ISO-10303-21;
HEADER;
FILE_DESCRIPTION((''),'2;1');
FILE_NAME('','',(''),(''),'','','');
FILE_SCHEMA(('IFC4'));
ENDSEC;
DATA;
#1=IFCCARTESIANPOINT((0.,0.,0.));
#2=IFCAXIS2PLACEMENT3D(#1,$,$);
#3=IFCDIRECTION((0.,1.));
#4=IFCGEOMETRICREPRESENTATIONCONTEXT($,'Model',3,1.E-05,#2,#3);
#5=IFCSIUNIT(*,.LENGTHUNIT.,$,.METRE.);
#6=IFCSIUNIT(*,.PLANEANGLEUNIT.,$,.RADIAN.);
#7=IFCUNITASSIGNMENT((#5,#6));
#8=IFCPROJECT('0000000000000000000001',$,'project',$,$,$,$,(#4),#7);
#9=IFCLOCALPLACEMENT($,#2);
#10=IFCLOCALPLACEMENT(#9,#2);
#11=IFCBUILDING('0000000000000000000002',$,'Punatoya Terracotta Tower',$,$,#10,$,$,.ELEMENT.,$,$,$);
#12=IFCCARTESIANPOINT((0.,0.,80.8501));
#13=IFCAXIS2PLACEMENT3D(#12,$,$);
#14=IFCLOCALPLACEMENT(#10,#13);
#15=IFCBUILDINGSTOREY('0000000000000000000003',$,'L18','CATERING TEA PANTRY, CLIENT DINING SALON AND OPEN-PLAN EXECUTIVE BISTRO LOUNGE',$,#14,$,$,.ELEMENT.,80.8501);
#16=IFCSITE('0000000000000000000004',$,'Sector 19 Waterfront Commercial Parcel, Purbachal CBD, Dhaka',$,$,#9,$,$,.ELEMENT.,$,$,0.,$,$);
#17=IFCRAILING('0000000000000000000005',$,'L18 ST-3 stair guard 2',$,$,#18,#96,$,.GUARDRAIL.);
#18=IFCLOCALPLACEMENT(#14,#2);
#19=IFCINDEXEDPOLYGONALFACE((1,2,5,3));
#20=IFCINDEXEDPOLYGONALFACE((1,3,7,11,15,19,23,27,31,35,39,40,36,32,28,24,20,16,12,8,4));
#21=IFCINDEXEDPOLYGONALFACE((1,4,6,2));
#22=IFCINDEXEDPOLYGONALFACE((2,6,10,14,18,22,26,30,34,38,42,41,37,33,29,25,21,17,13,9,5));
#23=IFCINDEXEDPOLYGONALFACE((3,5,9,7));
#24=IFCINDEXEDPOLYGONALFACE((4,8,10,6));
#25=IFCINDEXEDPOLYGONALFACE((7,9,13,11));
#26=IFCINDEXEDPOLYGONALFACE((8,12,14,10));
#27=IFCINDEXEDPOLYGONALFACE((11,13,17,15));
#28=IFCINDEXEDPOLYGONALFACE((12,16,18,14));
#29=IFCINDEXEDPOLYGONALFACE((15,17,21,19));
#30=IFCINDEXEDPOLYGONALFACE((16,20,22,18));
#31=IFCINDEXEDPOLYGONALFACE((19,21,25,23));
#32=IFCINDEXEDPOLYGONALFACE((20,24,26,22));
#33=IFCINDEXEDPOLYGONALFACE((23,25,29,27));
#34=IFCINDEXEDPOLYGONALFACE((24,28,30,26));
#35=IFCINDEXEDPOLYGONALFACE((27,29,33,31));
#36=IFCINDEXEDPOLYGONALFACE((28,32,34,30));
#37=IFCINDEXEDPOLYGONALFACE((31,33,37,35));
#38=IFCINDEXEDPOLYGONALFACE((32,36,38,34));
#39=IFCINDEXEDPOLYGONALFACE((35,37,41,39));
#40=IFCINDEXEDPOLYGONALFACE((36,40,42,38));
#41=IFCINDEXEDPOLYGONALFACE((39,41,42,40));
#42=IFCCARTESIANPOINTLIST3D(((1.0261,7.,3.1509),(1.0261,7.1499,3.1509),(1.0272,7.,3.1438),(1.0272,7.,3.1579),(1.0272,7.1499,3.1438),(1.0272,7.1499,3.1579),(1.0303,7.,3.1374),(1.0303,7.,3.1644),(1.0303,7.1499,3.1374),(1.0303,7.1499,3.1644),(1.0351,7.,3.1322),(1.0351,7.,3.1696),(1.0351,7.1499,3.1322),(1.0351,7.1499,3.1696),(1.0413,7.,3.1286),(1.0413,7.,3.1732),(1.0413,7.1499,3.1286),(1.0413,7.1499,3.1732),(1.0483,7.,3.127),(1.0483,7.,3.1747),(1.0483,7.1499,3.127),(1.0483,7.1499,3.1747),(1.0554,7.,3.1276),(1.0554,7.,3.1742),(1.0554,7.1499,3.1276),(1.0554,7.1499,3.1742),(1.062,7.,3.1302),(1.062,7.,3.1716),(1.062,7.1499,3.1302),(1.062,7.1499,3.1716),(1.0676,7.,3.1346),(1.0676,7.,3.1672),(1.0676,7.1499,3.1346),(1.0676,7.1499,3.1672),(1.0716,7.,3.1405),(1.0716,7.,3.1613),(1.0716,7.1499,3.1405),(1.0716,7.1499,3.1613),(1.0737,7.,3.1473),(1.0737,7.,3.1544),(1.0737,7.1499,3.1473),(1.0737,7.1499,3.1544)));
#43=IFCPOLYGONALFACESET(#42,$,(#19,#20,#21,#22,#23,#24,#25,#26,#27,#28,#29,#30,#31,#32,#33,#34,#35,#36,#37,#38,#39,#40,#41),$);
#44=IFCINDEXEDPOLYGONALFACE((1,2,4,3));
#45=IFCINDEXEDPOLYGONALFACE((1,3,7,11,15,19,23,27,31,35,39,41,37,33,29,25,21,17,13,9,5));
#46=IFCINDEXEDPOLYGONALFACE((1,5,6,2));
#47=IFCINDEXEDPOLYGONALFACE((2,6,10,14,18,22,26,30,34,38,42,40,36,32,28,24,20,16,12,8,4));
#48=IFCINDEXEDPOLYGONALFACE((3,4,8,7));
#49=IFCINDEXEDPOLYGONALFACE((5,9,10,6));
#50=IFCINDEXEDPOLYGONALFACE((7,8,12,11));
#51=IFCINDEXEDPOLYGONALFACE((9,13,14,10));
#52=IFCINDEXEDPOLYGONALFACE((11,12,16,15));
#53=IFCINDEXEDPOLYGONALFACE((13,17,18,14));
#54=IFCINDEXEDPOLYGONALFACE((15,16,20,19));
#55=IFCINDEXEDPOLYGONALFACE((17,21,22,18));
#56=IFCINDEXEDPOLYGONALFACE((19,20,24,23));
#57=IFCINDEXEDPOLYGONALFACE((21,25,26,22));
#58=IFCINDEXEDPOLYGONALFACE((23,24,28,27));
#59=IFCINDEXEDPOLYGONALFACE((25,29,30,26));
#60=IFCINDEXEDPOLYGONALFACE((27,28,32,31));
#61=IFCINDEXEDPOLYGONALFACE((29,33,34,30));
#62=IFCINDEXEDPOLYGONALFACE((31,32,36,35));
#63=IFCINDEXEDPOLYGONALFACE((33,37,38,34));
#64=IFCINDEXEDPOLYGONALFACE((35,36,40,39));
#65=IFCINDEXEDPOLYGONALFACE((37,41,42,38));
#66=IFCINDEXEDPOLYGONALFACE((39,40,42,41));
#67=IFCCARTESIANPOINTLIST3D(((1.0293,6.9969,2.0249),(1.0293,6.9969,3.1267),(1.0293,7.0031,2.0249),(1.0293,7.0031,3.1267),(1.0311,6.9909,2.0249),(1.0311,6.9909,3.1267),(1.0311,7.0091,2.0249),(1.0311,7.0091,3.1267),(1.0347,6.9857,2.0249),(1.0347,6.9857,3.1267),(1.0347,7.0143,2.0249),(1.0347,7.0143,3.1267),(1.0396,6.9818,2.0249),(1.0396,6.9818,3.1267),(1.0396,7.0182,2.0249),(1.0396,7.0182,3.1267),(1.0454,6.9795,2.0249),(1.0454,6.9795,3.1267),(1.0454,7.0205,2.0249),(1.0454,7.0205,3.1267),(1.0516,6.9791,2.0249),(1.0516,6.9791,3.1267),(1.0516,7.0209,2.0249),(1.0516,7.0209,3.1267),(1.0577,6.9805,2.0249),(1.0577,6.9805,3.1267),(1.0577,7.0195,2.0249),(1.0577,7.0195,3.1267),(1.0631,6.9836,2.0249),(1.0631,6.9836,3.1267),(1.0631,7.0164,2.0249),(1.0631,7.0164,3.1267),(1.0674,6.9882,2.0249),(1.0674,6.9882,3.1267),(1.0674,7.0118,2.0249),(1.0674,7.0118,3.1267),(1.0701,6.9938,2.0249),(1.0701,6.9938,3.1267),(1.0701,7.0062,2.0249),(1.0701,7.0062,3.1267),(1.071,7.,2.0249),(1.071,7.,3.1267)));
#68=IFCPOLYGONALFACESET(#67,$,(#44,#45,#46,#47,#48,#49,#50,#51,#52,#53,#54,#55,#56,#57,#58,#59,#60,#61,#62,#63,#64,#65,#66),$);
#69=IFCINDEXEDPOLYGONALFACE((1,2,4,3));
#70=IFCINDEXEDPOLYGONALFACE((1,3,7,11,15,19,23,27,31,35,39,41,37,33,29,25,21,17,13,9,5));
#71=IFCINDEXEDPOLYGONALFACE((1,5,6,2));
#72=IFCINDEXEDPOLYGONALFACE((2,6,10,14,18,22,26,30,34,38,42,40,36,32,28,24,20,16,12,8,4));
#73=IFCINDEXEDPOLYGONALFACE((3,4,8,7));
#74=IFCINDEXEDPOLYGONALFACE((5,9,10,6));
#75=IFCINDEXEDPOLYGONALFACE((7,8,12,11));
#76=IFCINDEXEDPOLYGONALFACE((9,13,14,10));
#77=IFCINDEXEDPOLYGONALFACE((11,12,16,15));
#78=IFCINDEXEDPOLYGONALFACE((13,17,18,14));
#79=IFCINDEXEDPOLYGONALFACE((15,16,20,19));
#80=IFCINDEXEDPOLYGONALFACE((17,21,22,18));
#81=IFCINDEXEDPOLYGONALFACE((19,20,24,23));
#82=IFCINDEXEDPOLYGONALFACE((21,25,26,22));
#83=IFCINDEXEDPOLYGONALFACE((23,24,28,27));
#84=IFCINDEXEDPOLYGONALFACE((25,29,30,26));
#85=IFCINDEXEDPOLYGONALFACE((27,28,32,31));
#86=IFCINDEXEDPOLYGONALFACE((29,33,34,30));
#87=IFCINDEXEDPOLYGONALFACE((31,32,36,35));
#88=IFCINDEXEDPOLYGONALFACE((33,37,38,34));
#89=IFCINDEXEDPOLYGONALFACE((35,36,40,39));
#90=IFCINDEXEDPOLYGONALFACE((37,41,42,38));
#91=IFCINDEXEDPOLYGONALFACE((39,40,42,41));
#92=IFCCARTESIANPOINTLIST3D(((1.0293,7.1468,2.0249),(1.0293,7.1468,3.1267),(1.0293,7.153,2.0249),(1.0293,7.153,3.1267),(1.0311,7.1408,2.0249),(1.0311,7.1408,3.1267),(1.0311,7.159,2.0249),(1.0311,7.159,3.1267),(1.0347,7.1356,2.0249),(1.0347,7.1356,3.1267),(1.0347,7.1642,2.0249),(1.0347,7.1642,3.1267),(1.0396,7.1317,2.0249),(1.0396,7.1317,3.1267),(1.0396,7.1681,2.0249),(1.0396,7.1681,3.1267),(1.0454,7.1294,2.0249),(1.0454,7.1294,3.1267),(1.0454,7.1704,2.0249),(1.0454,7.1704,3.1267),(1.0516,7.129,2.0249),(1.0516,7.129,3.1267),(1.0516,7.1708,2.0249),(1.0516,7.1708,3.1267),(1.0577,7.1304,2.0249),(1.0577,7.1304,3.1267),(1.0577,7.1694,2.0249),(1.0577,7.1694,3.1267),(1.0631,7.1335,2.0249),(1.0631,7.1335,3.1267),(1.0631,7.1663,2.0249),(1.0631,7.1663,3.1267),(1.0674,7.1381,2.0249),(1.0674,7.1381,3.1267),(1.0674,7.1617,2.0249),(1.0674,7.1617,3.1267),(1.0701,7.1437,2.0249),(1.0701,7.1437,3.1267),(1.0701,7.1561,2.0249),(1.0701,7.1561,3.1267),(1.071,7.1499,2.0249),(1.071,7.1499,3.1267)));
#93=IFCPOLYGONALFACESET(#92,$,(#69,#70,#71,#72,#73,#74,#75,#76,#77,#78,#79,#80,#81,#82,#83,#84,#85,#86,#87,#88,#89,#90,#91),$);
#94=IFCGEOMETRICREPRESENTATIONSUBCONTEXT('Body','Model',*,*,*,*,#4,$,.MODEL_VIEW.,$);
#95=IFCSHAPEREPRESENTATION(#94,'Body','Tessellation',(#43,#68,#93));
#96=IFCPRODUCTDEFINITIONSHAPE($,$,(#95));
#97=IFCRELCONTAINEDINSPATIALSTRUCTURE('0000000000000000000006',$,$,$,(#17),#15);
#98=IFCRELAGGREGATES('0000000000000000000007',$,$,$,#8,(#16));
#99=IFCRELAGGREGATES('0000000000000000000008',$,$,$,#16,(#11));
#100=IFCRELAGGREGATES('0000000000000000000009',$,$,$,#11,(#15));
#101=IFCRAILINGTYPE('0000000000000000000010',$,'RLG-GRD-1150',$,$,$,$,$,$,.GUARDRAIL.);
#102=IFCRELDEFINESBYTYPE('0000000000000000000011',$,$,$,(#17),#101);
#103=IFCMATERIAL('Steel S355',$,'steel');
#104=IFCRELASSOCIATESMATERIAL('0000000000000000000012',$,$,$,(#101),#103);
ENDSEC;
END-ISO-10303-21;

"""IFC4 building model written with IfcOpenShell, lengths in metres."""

from ifc_helpers import new_model, si_unit, direction, frame, origin, origin_2d, place, context, subcontext, project, spatial, circle, extrude, material, type_object, element, save


model = new_model("IFC4")

# Units and contexts
model_context = context("Model", 3, precision=1e-05, world=origin(), true_north=direction((0.0, 1.0)))
body_context = subcontext(model_context, "Body", "Model", "MODEL_VIEW")
ifc_project = project(units=[si_unit("LENGTHUNIT", "METRE"), si_unit("PLANEANGLEUNIT", "RADIAN")], contexts=[model_context])

# Site, building, storey
site_placement = place(None, origin())
site = spatial("IfcSite", under=ifc_project, at=site_placement, Name="Sector 19 Waterfront Commercial Parcel, Purbachal CBD, Dhaka", CompositionType="ELEMENT", RefElevation=0.0)
building_placement = place(site_placement, origin())
building = spatial("IfcBuilding", under=site, at=building_placement, Name="Punatoya Terracotta Tower", CompositionType="ELEMENT")
storey_placement = place(building_placement, frame((0.0, 0.0, 80.8501)))
storey = spatial("IfcBuildingStorey", under=building, at=storey_placement, Name="L18", Description="CATERING TEA PANTRY, CLIENT DINING SALON AND OPEN-PLAN EXECUTIVE BISTRO LOUNGE", CompositionType="ELEMENT", Elevation=80.8501)

# Shared definitions
ifc_material_1 = material(Name="Steel S355", Category="steel")

# Railing
railing_type_1 = type_object("IfcRailingType", Name="RLG-GRD-1150", PredefinedType="GUARDRAIL", material=ifc_material_1)
railing_1_placement = place(storey_placement, frame((1.05, 7.0, 2.0249)))
element("IfcRailing", 1, at=railing_1_placement, inside=storey, type_object=railing_type_1, Name="L18 ST-3 stair guard 2", PredefinedType="GUARDRAIL", context=body_context, shape_type="SweptSolid", body=[
    extrude(circle(Radius=0.0239, at=origin_2d()), frame((0.0, 0.0, 1.126), z_axis=(0.0, 1.0, 0.0), x_axis=(-1.0, 0.0, 0.0)), (0.0, 0.0, 1.0), 0.1499),
    extrude(circle(Radius=0.021, at=origin_2d()), origin(), (0.0, 0.0, 1.0), 1.1018),
    extrude(circle(Radius=0.021, at=origin_2d()), frame((0.0, 0.1499, 0.0)), (0.0, 0.0, 1.0), 1.1018),
])

save(model, "model.ifc")
